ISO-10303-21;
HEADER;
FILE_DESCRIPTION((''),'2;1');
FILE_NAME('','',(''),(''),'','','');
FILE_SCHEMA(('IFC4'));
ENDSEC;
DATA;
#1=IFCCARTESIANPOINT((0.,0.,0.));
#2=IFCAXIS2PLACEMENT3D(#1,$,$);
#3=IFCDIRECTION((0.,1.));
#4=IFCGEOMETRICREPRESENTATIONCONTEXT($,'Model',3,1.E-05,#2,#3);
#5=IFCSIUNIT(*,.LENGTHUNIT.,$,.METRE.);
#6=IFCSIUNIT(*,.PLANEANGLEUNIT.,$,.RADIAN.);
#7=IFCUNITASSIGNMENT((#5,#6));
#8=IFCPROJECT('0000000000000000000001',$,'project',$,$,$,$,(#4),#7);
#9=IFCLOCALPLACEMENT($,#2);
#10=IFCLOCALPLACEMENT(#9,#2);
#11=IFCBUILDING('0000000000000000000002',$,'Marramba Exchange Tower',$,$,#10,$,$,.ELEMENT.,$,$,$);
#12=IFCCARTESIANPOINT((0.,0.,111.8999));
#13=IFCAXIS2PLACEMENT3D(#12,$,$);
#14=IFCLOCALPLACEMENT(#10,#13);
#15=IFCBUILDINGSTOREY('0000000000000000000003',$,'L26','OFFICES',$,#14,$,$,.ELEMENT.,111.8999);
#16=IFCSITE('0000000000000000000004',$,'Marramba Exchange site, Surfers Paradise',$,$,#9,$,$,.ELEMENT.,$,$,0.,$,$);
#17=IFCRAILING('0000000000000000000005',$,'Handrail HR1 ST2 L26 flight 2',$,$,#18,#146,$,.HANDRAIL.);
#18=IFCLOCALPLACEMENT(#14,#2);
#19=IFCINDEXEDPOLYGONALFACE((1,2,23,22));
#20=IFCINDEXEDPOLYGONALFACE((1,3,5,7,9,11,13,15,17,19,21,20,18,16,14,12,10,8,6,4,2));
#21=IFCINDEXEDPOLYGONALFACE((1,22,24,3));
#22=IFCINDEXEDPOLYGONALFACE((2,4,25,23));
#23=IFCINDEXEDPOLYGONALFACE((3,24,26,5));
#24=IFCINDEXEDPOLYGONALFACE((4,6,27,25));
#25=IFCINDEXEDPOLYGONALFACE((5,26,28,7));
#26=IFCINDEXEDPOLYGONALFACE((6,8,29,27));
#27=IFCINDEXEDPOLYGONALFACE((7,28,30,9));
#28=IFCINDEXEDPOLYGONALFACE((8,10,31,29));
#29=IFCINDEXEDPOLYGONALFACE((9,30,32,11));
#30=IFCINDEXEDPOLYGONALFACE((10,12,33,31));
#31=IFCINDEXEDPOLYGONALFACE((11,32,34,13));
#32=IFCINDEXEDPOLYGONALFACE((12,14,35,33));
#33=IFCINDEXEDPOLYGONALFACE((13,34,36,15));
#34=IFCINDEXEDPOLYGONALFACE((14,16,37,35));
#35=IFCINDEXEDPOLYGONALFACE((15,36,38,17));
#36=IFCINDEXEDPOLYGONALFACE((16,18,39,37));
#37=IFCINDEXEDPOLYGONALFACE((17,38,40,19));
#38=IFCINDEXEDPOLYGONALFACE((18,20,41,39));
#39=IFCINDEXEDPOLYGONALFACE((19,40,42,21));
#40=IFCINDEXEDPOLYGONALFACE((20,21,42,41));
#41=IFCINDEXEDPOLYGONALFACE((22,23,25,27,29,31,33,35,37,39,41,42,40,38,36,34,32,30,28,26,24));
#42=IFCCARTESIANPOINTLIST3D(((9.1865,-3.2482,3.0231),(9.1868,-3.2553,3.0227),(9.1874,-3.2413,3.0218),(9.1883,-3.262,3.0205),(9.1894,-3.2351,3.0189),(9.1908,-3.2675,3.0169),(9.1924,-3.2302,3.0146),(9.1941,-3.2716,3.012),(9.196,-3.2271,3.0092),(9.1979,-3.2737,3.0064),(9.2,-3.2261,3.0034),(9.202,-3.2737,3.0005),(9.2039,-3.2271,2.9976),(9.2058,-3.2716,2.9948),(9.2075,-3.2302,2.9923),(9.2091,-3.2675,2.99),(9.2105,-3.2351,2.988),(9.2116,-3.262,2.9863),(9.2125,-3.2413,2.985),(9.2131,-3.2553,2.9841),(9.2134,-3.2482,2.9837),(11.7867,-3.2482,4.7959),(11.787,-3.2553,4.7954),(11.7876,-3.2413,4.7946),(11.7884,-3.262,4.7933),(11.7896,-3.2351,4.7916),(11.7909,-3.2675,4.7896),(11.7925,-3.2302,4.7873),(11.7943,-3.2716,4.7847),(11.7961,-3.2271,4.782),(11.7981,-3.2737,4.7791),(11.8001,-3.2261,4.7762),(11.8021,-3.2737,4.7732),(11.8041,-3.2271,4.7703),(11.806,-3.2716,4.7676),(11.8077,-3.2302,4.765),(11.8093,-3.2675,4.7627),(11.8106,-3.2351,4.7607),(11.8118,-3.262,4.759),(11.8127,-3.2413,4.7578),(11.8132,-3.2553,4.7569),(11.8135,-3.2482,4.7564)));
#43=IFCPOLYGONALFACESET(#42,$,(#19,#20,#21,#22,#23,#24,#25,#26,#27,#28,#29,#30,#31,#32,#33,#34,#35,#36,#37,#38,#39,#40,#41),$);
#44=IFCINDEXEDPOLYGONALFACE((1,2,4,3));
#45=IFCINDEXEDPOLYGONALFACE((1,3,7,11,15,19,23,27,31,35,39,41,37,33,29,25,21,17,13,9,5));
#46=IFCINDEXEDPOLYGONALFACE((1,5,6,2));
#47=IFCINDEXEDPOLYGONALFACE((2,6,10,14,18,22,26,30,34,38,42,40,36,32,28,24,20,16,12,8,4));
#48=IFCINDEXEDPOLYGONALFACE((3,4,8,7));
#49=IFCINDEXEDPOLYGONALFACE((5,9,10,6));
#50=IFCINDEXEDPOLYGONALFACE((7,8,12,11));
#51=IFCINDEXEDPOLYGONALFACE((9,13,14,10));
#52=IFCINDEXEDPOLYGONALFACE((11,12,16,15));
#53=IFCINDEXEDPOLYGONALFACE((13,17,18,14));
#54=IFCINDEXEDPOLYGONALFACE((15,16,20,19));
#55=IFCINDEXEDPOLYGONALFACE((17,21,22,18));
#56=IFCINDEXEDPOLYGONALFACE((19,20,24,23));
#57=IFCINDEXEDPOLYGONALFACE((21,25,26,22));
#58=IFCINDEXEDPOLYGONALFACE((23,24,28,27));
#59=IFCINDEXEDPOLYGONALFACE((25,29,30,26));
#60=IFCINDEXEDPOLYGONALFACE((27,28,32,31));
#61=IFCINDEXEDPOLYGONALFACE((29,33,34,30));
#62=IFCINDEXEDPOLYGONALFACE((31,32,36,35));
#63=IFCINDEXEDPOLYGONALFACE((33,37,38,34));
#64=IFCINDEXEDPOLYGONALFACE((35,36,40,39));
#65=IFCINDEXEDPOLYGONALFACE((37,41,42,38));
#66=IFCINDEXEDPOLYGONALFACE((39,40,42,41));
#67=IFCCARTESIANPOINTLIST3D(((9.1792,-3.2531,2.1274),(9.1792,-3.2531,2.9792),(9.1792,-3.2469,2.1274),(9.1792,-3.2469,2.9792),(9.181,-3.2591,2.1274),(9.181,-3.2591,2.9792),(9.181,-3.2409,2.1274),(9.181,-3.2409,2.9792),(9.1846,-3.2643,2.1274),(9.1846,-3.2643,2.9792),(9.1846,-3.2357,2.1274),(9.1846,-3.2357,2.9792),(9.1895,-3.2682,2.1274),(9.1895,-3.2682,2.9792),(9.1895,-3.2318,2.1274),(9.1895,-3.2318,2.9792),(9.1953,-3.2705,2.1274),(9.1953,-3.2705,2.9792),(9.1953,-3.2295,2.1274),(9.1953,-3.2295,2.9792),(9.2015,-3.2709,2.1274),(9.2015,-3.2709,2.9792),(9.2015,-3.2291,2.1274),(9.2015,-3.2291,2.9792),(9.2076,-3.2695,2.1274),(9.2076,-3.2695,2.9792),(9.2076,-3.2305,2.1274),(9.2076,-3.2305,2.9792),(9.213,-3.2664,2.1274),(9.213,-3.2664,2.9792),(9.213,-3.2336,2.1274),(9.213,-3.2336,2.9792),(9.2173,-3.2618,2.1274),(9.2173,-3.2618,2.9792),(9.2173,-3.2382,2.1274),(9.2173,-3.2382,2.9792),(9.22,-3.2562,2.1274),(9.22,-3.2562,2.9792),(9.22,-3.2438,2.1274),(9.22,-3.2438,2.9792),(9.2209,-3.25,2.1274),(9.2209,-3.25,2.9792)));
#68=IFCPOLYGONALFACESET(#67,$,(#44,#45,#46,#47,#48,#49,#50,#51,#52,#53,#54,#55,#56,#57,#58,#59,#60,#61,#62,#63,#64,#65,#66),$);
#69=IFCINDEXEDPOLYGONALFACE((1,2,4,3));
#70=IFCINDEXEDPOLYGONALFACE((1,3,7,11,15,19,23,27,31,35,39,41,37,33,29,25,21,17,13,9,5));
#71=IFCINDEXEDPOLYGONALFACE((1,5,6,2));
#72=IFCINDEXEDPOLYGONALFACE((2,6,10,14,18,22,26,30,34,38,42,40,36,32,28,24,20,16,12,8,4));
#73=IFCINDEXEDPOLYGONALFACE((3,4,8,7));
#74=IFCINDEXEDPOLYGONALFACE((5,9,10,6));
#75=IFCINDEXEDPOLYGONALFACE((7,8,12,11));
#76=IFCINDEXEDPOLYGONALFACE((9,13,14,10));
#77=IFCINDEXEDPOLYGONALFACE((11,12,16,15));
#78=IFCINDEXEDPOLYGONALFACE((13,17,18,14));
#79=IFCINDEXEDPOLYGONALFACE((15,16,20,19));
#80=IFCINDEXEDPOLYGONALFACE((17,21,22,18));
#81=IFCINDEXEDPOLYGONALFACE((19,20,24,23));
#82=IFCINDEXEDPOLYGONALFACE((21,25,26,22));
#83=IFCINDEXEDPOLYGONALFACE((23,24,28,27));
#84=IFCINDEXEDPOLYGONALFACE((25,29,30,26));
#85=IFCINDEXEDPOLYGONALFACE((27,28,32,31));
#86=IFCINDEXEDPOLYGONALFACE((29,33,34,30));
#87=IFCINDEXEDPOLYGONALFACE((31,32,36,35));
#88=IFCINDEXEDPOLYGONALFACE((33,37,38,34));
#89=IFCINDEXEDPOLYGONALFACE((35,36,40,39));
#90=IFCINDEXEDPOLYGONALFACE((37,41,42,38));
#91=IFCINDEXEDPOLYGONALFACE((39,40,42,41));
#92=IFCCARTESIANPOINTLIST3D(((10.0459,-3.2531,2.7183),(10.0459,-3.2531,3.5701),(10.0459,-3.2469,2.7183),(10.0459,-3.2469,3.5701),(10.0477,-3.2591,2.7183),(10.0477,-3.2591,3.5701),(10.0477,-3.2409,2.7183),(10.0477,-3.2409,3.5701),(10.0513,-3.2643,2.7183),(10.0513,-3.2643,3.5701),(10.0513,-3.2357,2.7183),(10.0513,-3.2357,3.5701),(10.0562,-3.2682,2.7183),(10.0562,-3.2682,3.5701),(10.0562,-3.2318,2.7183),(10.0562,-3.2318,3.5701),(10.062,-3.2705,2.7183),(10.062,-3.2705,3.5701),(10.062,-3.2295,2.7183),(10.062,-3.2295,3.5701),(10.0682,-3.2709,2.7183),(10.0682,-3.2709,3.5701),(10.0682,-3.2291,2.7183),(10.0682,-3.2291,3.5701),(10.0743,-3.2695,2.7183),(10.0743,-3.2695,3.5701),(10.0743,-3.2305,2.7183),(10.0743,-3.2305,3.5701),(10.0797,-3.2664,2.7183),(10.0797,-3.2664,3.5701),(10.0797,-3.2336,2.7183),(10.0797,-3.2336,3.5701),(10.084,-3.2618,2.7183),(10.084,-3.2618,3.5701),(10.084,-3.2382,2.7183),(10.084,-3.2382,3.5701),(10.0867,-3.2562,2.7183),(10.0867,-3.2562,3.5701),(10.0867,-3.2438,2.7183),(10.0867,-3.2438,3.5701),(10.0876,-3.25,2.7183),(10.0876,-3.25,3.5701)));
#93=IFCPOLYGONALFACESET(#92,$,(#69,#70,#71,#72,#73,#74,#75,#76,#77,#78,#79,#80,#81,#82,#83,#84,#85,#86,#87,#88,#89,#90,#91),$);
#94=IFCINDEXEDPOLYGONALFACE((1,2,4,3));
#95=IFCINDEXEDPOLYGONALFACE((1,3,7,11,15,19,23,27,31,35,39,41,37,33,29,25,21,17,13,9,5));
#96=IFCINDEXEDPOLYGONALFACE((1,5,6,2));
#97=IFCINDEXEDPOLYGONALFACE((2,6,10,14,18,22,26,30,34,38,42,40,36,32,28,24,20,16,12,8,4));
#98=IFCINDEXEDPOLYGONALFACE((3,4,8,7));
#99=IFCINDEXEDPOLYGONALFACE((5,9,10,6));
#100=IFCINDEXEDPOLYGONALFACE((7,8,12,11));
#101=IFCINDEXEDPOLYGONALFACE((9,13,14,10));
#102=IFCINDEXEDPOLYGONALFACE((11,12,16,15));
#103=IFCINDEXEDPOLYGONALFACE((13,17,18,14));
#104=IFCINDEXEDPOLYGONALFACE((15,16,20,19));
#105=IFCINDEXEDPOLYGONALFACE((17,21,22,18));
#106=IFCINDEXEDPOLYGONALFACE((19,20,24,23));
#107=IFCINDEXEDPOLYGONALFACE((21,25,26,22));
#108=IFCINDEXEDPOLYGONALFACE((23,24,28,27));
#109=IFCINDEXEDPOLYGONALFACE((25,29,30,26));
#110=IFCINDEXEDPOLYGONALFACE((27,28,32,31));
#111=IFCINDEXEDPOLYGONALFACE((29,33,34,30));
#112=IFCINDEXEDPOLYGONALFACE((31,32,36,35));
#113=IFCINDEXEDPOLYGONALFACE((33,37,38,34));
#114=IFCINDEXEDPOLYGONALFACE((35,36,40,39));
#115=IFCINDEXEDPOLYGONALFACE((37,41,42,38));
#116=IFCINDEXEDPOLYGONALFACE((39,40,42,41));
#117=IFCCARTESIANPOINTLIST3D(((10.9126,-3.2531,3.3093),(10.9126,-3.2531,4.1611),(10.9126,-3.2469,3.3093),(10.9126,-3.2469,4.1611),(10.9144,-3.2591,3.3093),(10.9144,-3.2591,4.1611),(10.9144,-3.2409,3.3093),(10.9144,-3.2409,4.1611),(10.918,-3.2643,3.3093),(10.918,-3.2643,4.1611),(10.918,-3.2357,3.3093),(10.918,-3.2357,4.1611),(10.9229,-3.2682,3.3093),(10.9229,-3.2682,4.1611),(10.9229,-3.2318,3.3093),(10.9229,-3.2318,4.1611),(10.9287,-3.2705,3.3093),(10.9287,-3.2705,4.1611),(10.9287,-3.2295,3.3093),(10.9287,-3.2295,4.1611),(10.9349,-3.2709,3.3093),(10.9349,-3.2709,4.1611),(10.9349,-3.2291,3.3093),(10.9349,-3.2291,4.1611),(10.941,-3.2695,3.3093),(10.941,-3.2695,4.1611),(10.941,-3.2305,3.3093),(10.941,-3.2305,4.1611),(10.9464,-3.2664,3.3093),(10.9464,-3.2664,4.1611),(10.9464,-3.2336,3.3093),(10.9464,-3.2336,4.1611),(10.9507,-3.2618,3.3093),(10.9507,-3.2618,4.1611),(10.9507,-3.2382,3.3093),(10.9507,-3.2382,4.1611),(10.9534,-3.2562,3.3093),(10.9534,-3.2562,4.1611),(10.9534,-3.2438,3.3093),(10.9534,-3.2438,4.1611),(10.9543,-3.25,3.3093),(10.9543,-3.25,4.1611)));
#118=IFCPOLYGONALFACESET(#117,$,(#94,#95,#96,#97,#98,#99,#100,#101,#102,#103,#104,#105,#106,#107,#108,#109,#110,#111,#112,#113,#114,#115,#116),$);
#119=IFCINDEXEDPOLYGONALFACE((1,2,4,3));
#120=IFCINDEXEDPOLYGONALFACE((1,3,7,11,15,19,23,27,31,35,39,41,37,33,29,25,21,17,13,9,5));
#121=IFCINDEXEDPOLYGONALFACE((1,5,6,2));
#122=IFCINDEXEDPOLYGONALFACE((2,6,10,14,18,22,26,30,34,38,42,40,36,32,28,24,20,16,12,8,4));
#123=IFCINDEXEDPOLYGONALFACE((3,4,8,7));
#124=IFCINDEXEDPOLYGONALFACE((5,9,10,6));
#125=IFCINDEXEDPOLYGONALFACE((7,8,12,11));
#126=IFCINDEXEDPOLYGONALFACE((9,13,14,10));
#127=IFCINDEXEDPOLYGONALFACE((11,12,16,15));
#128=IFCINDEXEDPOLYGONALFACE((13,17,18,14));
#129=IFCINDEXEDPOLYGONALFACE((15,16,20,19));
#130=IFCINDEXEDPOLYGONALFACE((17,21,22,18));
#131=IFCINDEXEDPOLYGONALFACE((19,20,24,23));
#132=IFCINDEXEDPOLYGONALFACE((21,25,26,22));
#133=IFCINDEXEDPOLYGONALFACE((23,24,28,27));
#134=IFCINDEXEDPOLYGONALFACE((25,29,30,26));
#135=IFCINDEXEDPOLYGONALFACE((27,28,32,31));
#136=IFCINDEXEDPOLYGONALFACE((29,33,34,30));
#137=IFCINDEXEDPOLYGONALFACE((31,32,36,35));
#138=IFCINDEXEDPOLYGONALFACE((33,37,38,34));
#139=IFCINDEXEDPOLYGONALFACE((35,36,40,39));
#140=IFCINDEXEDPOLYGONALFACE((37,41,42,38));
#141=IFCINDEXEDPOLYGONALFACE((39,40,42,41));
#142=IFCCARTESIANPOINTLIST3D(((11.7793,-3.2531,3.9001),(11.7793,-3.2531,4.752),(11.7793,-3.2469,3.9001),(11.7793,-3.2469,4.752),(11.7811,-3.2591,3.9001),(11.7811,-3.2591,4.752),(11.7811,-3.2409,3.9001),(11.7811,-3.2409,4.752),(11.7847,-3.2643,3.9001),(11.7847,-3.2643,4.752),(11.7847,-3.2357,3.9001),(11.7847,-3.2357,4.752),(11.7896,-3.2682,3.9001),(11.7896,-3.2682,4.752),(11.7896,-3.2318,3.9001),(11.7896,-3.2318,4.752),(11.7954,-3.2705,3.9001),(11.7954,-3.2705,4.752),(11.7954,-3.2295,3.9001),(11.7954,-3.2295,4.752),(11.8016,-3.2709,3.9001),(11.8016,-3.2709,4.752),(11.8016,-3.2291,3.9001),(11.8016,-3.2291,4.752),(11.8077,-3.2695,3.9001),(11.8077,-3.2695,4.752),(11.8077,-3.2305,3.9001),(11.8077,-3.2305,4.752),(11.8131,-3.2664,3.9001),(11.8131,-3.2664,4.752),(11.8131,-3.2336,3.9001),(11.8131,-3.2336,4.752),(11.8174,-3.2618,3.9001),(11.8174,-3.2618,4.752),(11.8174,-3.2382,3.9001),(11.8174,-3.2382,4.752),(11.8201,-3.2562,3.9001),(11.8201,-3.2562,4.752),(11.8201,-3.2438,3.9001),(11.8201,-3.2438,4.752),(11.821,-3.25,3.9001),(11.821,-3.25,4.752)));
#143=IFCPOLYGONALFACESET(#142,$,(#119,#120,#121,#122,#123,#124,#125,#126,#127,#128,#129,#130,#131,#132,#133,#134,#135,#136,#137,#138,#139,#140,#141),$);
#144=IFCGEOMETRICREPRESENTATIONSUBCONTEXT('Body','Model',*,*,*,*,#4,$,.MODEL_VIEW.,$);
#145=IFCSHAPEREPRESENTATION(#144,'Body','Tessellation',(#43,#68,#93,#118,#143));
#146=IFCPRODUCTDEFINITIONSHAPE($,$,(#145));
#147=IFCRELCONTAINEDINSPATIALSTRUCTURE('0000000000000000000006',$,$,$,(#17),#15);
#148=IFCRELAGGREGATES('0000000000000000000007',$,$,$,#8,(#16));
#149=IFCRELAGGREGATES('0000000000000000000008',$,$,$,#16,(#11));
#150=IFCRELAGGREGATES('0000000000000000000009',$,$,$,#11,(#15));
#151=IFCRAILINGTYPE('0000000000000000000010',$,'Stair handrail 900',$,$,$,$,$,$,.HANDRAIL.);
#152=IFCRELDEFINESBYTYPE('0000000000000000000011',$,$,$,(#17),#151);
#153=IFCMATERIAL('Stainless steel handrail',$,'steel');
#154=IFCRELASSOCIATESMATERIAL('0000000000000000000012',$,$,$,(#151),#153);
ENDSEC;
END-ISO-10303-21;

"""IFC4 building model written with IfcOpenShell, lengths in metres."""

from ifc_helpers import new_model, si_unit, direction, frame, origin, origin_2d, place, context, subcontext, project, spatial, circle, extrude, material, type_object, element, save


model = new_model("IFC4")

# Units and contexts
model_context = context("Model", 3, precision=1e-05, world=origin(), true_north=direction((0.0, 1.0)))
body_context = subcontext(model_context, "Body", "Model", "MODEL_VIEW")
ifc_project = project(units=[si_unit("LENGTHUNIT", "METRE"), si_unit("PLANEANGLEUNIT", "RADIAN")], contexts=[model_context])

# Site, building, storey
site_placement = place(None, origin())
site = spatial("IfcSite", under=ifc_project, at=site_placement, Name="Marramba Exchange site, Surfers Paradise", CompositionType="ELEMENT", RefElevation=0.0)
building_placement = place(site_placement, origin())
building = spatial("IfcBuilding", under=site, at=building_placement, Name="Marramba Exchange Tower", CompositionType="ELEMENT")
storey_placement = place(building_placement, frame((0.0, 0.0, 111.8999)))
storey = spatial("IfcBuildingStorey", under=building, at=storey_placement, Name="L26", Description="OFFICES", CompositionType="ELEMENT", Elevation=111.8999)

# Railing
ifc_material_1 = material(Name="Stainless steel handrail", Category="steel")
railing_type = type_object("IfcRailingType", Name="Stair handrail 900", PredefinedType="HANDRAIL", material=ifc_material_1)
railing_placement = place(storey_placement, frame((9.2, -3.25, 2.1274)))
element("IfcRailing", 1, at=railing_placement, inside=storey, type_object=railing_type, Name="Handrail HR1 ST2 L26 flight 2", PredefinedType="HANDRAIL", context=body_context, shape_type="SweptSolid", body=[
    extrude(circle(Radius=0.0239, at=origin_2d()), frame((0.0, 0.0, 0.876), z_axis=(0.82624, 0.0, 0.563318), x_axis=(0.0, 1.0, 0.0)), (0.0, 0.0, 1.0), 3.147),
    extrude(circle(Radius=0.021, at=origin_2d()), origin(), (0.0, 0.0, 1.0), 0.8518),
    extrude(circle(Radius=0.021, at=origin_2d()), frame((0.8667, 0.0, 0.5908)), (0.0, 0.0, 1.0), 0.8518),
    extrude(circle(Radius=0.021, at=origin_2d()), frame((1.7334, 0.0, 1.1819)), (0.0, 0.0, 1.0), 0.8518),
    extrude(circle(Radius=0.021, at=origin_2d()), frame((2.6001, 0.0, 1.7727)), (0.0, 0.0, 1.0), 0.8518),
])

save(model, "model.ifc")
